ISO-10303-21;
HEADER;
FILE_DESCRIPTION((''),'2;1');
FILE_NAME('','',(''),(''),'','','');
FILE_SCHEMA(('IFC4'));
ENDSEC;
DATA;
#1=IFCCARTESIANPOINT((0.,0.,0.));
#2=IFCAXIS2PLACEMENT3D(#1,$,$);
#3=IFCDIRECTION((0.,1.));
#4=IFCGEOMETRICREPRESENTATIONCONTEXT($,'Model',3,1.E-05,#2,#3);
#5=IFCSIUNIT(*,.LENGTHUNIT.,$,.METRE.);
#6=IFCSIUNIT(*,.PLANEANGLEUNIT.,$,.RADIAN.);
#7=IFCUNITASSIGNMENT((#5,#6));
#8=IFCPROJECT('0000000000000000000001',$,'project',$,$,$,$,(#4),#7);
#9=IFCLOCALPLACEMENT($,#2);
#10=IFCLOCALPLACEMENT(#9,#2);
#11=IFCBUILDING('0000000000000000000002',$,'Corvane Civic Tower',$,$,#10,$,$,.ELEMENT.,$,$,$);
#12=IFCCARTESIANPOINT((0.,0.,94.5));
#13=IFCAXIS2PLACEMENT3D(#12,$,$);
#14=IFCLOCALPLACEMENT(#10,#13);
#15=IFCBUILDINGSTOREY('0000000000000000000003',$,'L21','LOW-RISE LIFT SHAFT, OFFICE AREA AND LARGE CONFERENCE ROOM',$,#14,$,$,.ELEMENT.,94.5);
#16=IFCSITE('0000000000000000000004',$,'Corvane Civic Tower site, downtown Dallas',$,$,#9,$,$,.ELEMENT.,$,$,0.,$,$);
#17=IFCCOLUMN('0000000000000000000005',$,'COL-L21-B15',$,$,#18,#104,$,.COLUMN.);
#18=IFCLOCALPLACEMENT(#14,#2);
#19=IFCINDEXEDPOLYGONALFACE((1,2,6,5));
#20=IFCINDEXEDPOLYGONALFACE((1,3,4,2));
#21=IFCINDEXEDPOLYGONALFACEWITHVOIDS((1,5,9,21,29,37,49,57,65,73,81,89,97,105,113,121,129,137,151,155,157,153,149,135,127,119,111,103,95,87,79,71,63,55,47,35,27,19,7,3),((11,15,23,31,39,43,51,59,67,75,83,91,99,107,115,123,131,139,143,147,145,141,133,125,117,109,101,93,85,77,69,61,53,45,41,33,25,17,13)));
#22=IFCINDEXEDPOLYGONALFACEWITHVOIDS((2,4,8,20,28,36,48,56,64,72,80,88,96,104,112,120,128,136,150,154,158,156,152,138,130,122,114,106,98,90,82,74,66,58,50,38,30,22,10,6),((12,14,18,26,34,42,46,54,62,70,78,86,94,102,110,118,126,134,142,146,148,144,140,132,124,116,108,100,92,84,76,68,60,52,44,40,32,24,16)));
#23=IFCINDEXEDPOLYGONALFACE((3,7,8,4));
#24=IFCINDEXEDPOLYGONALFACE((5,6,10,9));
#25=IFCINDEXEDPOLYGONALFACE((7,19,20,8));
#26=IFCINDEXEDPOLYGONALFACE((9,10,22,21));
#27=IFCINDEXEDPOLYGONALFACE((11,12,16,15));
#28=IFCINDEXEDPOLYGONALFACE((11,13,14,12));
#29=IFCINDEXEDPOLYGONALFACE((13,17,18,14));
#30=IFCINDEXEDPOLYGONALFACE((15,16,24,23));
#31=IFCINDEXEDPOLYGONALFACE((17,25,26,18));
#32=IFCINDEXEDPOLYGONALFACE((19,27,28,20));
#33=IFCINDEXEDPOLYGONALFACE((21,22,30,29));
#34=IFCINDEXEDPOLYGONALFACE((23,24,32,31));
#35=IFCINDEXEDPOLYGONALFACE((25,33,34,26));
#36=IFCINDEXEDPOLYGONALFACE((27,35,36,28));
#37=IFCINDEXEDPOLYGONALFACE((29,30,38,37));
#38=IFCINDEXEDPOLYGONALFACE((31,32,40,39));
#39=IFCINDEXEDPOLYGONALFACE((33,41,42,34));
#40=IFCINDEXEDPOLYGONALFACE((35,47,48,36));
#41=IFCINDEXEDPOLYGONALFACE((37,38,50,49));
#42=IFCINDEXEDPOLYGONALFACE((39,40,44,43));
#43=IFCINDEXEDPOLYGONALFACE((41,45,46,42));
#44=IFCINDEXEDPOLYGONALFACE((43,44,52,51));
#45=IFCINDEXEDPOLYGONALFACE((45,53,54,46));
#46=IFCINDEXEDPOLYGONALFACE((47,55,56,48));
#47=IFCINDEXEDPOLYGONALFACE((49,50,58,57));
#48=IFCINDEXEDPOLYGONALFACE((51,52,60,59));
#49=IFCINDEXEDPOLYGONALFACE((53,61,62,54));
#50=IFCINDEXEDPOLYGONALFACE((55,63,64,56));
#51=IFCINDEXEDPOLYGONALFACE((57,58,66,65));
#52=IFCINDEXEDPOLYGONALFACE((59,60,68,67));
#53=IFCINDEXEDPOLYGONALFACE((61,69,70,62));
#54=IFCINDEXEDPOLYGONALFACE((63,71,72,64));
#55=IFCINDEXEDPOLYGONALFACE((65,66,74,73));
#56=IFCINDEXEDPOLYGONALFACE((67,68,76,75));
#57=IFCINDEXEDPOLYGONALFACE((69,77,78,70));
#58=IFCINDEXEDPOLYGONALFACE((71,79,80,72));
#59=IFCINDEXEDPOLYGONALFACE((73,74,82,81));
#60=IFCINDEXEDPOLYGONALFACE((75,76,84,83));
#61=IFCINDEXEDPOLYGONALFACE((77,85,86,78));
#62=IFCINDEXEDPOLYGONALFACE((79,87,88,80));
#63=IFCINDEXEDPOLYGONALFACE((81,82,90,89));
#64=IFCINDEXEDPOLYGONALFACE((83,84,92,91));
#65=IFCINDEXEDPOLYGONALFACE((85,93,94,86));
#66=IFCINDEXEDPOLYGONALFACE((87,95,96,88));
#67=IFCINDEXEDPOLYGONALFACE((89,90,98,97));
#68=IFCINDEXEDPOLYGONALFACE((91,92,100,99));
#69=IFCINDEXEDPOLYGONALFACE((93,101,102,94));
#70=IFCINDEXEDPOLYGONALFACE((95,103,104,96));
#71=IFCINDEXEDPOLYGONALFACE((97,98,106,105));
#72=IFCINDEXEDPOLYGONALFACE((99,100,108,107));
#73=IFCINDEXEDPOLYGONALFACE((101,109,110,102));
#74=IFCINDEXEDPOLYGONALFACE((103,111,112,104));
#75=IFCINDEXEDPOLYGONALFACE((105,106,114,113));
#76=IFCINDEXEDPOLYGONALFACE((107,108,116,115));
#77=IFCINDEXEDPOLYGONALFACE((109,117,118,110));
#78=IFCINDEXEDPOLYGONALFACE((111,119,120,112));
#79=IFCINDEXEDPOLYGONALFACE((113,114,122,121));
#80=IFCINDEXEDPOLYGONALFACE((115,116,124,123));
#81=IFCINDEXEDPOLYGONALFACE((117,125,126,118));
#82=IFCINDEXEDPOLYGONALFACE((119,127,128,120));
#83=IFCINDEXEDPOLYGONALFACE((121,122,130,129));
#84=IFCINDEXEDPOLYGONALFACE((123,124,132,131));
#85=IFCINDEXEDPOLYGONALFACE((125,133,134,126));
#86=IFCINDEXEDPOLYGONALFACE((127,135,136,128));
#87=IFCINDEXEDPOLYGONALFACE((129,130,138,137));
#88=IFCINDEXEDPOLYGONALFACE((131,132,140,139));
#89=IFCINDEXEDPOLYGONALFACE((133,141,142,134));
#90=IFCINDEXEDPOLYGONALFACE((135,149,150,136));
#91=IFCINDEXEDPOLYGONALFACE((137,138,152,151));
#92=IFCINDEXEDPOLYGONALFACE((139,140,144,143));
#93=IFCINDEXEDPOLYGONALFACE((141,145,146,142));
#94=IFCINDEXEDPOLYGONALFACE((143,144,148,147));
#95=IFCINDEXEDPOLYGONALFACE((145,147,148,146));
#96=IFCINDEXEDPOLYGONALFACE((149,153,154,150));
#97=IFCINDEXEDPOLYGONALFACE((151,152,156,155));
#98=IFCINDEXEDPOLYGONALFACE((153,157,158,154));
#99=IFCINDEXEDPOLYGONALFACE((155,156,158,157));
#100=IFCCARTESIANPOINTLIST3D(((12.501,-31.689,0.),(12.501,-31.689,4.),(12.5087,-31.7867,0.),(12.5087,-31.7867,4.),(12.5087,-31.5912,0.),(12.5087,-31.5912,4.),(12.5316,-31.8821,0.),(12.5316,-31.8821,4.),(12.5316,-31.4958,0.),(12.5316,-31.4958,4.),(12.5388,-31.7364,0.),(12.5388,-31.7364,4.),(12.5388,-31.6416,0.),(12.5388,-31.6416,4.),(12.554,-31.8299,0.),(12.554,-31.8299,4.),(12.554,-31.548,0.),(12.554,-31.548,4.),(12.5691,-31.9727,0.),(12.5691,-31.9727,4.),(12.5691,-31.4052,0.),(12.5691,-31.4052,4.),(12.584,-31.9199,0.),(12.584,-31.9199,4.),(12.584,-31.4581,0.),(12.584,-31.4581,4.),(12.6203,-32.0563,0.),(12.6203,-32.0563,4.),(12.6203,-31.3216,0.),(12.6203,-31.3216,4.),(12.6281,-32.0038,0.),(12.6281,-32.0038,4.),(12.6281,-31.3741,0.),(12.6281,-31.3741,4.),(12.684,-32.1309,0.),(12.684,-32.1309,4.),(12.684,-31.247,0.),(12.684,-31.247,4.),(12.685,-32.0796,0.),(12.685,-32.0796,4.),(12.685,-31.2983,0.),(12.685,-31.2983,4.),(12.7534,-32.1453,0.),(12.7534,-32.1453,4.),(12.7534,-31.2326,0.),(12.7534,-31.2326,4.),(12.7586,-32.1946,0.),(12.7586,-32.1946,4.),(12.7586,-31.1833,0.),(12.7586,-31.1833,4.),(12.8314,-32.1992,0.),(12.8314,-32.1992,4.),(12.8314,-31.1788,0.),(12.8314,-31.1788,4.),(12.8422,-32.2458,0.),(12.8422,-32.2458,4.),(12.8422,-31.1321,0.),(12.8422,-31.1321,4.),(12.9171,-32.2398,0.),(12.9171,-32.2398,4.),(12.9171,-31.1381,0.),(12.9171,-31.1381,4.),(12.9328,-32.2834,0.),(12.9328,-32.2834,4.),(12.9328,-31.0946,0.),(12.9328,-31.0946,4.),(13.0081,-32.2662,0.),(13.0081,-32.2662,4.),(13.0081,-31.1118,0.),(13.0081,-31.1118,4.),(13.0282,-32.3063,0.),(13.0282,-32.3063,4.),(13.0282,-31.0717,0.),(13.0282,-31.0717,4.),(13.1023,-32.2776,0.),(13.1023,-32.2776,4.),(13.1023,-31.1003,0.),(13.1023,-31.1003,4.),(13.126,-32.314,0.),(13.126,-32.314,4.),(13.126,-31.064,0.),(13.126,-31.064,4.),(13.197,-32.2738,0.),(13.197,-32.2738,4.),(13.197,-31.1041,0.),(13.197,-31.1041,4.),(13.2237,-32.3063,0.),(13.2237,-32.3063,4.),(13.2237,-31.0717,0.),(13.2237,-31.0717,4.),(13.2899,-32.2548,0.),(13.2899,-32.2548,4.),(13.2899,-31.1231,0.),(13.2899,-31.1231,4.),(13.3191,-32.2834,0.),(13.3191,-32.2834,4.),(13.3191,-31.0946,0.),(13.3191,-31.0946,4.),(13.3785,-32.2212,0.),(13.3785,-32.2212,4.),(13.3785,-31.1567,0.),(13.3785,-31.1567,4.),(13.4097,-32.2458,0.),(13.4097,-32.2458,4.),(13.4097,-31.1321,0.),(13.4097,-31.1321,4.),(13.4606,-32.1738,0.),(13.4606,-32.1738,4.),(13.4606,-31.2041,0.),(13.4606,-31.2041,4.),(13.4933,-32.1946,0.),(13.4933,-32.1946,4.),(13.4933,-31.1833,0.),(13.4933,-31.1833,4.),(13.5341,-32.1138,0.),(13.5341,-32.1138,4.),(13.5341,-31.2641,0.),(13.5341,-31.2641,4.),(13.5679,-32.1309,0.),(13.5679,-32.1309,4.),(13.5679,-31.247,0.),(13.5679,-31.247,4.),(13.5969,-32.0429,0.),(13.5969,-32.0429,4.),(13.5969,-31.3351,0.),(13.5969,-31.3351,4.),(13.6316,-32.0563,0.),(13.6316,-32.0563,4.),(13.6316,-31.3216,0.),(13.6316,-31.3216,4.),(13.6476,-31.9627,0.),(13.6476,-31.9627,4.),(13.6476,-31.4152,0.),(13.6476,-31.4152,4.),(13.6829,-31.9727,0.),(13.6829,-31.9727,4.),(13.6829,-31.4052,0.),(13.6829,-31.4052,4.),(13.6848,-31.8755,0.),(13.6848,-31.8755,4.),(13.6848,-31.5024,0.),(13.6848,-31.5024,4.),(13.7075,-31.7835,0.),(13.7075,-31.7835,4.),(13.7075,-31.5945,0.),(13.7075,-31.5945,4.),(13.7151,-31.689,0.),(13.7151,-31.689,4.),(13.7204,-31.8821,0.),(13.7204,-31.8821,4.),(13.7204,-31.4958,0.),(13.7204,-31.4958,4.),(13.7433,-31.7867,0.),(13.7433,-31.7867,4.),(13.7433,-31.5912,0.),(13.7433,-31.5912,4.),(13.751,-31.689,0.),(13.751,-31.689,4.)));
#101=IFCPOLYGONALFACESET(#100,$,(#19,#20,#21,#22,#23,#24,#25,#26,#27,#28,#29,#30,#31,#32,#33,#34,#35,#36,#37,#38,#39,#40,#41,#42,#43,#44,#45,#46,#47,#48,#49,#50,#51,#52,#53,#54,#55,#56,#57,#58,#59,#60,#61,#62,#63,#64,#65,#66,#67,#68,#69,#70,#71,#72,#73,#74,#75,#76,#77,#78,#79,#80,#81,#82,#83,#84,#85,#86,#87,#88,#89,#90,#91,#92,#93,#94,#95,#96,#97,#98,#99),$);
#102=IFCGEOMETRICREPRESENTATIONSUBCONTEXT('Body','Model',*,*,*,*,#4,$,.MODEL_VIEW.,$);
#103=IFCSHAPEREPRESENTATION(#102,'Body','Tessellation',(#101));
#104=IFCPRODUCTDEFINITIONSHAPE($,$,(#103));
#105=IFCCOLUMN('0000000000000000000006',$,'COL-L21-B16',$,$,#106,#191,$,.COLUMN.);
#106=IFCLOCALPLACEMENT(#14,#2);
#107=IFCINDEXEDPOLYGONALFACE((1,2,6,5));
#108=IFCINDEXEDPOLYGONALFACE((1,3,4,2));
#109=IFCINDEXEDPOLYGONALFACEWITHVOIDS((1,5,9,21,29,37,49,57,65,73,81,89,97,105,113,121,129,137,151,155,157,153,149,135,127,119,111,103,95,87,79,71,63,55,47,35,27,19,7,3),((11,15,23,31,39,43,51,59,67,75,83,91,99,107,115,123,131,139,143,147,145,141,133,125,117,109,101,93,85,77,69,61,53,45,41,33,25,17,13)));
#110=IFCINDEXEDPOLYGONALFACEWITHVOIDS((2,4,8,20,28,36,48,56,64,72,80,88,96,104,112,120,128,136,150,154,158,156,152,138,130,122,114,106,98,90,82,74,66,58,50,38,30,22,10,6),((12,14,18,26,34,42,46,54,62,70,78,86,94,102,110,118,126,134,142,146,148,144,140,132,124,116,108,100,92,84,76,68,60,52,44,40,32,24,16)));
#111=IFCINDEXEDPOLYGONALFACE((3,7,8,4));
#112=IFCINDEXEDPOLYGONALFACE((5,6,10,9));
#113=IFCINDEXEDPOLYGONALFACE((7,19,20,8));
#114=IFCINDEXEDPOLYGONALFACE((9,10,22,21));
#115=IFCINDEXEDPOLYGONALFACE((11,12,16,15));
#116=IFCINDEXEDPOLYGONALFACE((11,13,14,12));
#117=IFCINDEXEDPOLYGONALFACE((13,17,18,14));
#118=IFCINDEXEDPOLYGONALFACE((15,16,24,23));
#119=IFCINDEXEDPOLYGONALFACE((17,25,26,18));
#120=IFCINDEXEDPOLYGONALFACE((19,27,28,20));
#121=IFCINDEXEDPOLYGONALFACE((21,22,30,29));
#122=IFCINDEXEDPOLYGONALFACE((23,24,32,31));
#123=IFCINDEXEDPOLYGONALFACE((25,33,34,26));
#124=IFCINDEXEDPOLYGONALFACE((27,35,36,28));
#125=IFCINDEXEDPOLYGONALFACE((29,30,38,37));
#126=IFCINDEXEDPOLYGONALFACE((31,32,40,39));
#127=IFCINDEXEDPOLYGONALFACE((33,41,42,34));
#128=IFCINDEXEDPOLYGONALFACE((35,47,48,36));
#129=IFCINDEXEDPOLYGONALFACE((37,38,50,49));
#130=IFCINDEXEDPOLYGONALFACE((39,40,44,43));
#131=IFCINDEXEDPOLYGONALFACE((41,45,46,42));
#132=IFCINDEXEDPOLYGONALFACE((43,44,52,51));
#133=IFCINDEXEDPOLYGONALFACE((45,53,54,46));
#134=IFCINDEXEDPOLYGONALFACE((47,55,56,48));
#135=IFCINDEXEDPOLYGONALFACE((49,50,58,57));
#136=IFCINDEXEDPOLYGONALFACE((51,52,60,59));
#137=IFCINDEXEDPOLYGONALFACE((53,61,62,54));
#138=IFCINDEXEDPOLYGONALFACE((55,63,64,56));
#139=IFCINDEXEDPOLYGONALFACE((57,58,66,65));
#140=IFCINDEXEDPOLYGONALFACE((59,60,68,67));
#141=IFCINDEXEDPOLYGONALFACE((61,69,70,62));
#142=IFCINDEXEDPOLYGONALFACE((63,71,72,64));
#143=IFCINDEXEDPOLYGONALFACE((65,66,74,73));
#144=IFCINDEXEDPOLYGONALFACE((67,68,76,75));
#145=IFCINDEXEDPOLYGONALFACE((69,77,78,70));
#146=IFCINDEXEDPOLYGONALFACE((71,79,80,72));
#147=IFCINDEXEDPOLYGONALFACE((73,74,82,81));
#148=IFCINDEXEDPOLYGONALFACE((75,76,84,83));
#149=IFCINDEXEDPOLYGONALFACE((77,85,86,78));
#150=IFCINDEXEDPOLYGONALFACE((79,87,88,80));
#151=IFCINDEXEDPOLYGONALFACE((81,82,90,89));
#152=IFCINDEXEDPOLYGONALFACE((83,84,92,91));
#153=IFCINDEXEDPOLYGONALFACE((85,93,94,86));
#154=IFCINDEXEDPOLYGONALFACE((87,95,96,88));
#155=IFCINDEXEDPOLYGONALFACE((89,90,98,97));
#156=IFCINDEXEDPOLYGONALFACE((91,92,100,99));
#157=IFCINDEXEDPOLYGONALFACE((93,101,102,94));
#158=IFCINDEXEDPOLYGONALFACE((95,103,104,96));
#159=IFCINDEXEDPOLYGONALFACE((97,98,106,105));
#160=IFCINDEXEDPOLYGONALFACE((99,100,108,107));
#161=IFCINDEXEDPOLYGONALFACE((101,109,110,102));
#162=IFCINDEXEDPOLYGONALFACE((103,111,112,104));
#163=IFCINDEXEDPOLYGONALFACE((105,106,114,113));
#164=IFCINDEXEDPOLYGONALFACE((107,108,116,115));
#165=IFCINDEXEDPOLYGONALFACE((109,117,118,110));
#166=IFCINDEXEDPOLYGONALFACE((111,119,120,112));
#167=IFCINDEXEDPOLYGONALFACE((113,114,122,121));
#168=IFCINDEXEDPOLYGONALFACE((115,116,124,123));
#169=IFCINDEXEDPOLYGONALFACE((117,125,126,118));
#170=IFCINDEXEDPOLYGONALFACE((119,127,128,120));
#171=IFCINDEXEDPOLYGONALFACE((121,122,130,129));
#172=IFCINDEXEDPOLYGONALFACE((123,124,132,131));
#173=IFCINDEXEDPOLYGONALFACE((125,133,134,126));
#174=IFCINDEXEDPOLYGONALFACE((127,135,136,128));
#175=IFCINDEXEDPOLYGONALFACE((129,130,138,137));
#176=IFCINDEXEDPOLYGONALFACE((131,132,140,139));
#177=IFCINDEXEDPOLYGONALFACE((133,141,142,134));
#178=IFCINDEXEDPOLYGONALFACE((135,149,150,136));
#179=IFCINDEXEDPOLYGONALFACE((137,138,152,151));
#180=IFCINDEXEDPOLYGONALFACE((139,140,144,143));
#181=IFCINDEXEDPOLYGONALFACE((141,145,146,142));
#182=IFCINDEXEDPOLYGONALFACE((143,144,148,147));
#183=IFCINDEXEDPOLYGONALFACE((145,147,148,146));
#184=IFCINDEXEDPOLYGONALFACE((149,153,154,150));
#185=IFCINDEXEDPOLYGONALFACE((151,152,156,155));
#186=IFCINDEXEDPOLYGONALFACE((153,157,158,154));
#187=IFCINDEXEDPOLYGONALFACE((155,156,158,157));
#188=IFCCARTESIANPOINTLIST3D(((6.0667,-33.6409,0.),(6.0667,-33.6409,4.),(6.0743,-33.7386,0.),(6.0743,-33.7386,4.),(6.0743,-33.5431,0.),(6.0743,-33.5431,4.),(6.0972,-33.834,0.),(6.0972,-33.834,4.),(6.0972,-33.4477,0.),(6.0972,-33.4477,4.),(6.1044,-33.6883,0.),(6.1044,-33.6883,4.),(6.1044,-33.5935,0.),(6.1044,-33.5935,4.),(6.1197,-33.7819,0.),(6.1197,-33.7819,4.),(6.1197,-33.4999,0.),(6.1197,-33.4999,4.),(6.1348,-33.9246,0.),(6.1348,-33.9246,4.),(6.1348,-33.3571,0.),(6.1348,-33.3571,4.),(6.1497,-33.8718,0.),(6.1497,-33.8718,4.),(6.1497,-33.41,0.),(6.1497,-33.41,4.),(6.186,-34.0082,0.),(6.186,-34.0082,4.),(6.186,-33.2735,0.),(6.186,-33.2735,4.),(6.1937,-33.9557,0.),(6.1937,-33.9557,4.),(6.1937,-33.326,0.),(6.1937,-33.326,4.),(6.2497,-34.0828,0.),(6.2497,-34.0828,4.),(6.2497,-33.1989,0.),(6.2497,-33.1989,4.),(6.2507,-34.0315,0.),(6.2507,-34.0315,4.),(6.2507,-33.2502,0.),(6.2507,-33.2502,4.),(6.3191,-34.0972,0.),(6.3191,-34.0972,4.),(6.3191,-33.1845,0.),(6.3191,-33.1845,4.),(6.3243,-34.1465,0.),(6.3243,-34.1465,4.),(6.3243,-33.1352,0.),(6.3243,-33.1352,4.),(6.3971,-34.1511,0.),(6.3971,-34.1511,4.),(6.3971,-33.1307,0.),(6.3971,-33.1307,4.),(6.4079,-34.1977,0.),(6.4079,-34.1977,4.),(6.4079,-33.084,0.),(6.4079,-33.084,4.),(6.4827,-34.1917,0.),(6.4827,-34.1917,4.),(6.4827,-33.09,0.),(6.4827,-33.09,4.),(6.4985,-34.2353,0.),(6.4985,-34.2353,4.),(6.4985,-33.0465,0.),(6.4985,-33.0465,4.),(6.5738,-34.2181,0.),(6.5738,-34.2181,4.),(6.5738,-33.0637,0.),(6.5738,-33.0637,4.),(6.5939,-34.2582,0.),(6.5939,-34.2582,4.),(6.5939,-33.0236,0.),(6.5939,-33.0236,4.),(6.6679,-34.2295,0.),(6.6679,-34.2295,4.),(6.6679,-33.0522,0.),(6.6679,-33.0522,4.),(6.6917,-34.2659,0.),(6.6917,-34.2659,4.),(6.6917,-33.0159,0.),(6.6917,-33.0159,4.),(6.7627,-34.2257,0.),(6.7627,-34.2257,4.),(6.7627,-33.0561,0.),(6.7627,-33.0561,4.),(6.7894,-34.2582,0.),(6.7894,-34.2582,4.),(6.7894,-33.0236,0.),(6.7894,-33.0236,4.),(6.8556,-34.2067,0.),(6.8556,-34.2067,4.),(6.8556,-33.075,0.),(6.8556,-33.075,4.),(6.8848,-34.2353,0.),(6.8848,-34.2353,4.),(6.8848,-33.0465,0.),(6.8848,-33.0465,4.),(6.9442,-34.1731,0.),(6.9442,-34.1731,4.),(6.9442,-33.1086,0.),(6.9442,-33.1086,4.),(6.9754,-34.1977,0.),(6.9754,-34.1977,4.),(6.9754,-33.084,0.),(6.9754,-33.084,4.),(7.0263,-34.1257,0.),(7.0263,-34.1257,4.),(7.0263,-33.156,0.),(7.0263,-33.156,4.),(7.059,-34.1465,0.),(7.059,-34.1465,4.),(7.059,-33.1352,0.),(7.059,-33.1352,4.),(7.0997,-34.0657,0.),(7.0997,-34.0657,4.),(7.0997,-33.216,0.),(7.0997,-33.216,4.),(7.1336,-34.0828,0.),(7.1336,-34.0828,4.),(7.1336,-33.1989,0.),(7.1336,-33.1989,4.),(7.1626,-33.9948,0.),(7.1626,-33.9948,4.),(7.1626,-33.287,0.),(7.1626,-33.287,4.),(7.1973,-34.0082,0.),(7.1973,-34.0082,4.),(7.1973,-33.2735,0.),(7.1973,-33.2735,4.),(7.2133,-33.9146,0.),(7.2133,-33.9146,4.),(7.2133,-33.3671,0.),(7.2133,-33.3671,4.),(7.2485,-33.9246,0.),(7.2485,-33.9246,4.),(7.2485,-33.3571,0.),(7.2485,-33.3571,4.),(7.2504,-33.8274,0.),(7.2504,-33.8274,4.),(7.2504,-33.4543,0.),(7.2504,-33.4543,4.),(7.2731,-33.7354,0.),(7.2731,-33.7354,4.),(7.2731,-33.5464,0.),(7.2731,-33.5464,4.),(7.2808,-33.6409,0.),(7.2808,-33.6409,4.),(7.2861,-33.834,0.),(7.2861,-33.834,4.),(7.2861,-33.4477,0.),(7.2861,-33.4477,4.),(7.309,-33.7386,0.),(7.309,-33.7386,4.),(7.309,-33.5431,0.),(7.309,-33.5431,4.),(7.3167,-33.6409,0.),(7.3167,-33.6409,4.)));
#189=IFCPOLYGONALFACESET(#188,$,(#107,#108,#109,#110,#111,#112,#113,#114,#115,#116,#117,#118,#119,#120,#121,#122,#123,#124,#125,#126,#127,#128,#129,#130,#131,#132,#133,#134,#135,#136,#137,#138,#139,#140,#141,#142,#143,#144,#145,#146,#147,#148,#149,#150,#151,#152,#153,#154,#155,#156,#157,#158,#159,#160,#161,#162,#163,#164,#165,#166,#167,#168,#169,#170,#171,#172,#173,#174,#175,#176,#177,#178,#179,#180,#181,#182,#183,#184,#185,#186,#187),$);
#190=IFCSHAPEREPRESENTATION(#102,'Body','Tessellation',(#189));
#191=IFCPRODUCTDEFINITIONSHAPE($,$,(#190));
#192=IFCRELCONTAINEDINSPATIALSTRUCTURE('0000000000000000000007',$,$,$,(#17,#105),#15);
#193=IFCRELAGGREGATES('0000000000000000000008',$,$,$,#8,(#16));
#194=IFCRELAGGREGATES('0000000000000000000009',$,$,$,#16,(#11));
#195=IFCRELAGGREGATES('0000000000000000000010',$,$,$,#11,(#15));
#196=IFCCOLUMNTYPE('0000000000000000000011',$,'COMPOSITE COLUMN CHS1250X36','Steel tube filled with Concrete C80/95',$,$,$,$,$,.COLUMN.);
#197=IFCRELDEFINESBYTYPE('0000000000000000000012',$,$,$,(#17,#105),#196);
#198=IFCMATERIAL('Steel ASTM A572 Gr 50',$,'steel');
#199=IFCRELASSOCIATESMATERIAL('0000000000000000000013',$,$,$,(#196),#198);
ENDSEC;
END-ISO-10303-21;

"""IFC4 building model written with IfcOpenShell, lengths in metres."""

from ifc_helpers import new_model, si_unit, direction, frame, origin, origin_2d, place, context, subcontext, project, spatial, hollow_circle, extrude, material, material_profile, profile_set, type_object, element, save


model = new_model("IFC4")

# Units and contexts
model_context = context("Model", 3, precision=1e-05, world=origin(), true_north=direction((0.0, 1.0)))
body_context = subcontext(model_context, "Body", "Model", "MODEL_VIEW")
ifc_project = project(units=[si_unit("LENGTHUNIT", "METRE"), si_unit("PLANEANGLEUNIT", "RADIAN")], contexts=[model_context])

# Site, building, storey
site_placement = place(None, origin())
site = spatial("IfcSite", under=ifc_project, at=site_placement, Name="Corvane Civic Tower site, downtown Dallas", CompositionType="ELEMENT", RefElevation=0.0)
building_placement = place(site_placement, origin())
building = spatial("IfcBuilding", under=site, at=building_placement, Name="Corvane Civic Tower", CompositionType="ELEMENT")
storey_placement = place(building_placement, frame((0.0, 0.0, 94.5)))
storey = spatial("IfcBuildingStorey", under=building, at=storey_placement, Name="L21", Description="LOW-RISE LIFT SHAFT, OFFICE AREA AND LARGE CONFERENCE ROOM", CompositionType="ELEMENT", Elevation=94.5)

# Columns
ifc_material_1 = material(Name="Steel ASTM A572 Gr 50", Category="steel")
ifc_material_profile_1 = material_profile(ifc_material_1, hollow_circle(Radius=0.625, WallThickness=0.0359, at=origin_2d()), Name="CHS1250X36")
ifc_profile_set_1 = profile_set([ifc_material_profile_1], Name="Steel ASTM A572 Gr 50")
column_type = type_object("IfcColumnType", Name="COMPOSITE COLUMN CHS1250X36", Description="Steel tube filled with Concrete C80/95", PredefinedType="COLUMN", material=ifc_profile_set_1)
for number, where, z_axis, x_axis, name in (
    (1, (13.126, -31.689, 0.0), (0.0, 0.0, 1.0), (1.0, 0.0, 0.0), "COL-L21-B15"),
    (2, (6.6917, -33.6409, 0.0), (0.0, 0.0, 1.0), (1.0, 0.0, 0.0), "COL-L21-B16"),
):
    element("IfcColumn", number, at=place(storey_placement, frame(where, z_axis=z_axis, x_axis=x_axis)), inside=storey, type_object=column_type, Name=name, PredefinedType="COLUMN", context=body_context, shape_type="SweptSolid", body=[
        extrude(hollow_circle(Radius=0.625, WallThickness=0.0359, at=origin_2d()), origin(), (0.0, 0.0, 1.0), 4.0),
    ])

save(model, "model.ifc")
